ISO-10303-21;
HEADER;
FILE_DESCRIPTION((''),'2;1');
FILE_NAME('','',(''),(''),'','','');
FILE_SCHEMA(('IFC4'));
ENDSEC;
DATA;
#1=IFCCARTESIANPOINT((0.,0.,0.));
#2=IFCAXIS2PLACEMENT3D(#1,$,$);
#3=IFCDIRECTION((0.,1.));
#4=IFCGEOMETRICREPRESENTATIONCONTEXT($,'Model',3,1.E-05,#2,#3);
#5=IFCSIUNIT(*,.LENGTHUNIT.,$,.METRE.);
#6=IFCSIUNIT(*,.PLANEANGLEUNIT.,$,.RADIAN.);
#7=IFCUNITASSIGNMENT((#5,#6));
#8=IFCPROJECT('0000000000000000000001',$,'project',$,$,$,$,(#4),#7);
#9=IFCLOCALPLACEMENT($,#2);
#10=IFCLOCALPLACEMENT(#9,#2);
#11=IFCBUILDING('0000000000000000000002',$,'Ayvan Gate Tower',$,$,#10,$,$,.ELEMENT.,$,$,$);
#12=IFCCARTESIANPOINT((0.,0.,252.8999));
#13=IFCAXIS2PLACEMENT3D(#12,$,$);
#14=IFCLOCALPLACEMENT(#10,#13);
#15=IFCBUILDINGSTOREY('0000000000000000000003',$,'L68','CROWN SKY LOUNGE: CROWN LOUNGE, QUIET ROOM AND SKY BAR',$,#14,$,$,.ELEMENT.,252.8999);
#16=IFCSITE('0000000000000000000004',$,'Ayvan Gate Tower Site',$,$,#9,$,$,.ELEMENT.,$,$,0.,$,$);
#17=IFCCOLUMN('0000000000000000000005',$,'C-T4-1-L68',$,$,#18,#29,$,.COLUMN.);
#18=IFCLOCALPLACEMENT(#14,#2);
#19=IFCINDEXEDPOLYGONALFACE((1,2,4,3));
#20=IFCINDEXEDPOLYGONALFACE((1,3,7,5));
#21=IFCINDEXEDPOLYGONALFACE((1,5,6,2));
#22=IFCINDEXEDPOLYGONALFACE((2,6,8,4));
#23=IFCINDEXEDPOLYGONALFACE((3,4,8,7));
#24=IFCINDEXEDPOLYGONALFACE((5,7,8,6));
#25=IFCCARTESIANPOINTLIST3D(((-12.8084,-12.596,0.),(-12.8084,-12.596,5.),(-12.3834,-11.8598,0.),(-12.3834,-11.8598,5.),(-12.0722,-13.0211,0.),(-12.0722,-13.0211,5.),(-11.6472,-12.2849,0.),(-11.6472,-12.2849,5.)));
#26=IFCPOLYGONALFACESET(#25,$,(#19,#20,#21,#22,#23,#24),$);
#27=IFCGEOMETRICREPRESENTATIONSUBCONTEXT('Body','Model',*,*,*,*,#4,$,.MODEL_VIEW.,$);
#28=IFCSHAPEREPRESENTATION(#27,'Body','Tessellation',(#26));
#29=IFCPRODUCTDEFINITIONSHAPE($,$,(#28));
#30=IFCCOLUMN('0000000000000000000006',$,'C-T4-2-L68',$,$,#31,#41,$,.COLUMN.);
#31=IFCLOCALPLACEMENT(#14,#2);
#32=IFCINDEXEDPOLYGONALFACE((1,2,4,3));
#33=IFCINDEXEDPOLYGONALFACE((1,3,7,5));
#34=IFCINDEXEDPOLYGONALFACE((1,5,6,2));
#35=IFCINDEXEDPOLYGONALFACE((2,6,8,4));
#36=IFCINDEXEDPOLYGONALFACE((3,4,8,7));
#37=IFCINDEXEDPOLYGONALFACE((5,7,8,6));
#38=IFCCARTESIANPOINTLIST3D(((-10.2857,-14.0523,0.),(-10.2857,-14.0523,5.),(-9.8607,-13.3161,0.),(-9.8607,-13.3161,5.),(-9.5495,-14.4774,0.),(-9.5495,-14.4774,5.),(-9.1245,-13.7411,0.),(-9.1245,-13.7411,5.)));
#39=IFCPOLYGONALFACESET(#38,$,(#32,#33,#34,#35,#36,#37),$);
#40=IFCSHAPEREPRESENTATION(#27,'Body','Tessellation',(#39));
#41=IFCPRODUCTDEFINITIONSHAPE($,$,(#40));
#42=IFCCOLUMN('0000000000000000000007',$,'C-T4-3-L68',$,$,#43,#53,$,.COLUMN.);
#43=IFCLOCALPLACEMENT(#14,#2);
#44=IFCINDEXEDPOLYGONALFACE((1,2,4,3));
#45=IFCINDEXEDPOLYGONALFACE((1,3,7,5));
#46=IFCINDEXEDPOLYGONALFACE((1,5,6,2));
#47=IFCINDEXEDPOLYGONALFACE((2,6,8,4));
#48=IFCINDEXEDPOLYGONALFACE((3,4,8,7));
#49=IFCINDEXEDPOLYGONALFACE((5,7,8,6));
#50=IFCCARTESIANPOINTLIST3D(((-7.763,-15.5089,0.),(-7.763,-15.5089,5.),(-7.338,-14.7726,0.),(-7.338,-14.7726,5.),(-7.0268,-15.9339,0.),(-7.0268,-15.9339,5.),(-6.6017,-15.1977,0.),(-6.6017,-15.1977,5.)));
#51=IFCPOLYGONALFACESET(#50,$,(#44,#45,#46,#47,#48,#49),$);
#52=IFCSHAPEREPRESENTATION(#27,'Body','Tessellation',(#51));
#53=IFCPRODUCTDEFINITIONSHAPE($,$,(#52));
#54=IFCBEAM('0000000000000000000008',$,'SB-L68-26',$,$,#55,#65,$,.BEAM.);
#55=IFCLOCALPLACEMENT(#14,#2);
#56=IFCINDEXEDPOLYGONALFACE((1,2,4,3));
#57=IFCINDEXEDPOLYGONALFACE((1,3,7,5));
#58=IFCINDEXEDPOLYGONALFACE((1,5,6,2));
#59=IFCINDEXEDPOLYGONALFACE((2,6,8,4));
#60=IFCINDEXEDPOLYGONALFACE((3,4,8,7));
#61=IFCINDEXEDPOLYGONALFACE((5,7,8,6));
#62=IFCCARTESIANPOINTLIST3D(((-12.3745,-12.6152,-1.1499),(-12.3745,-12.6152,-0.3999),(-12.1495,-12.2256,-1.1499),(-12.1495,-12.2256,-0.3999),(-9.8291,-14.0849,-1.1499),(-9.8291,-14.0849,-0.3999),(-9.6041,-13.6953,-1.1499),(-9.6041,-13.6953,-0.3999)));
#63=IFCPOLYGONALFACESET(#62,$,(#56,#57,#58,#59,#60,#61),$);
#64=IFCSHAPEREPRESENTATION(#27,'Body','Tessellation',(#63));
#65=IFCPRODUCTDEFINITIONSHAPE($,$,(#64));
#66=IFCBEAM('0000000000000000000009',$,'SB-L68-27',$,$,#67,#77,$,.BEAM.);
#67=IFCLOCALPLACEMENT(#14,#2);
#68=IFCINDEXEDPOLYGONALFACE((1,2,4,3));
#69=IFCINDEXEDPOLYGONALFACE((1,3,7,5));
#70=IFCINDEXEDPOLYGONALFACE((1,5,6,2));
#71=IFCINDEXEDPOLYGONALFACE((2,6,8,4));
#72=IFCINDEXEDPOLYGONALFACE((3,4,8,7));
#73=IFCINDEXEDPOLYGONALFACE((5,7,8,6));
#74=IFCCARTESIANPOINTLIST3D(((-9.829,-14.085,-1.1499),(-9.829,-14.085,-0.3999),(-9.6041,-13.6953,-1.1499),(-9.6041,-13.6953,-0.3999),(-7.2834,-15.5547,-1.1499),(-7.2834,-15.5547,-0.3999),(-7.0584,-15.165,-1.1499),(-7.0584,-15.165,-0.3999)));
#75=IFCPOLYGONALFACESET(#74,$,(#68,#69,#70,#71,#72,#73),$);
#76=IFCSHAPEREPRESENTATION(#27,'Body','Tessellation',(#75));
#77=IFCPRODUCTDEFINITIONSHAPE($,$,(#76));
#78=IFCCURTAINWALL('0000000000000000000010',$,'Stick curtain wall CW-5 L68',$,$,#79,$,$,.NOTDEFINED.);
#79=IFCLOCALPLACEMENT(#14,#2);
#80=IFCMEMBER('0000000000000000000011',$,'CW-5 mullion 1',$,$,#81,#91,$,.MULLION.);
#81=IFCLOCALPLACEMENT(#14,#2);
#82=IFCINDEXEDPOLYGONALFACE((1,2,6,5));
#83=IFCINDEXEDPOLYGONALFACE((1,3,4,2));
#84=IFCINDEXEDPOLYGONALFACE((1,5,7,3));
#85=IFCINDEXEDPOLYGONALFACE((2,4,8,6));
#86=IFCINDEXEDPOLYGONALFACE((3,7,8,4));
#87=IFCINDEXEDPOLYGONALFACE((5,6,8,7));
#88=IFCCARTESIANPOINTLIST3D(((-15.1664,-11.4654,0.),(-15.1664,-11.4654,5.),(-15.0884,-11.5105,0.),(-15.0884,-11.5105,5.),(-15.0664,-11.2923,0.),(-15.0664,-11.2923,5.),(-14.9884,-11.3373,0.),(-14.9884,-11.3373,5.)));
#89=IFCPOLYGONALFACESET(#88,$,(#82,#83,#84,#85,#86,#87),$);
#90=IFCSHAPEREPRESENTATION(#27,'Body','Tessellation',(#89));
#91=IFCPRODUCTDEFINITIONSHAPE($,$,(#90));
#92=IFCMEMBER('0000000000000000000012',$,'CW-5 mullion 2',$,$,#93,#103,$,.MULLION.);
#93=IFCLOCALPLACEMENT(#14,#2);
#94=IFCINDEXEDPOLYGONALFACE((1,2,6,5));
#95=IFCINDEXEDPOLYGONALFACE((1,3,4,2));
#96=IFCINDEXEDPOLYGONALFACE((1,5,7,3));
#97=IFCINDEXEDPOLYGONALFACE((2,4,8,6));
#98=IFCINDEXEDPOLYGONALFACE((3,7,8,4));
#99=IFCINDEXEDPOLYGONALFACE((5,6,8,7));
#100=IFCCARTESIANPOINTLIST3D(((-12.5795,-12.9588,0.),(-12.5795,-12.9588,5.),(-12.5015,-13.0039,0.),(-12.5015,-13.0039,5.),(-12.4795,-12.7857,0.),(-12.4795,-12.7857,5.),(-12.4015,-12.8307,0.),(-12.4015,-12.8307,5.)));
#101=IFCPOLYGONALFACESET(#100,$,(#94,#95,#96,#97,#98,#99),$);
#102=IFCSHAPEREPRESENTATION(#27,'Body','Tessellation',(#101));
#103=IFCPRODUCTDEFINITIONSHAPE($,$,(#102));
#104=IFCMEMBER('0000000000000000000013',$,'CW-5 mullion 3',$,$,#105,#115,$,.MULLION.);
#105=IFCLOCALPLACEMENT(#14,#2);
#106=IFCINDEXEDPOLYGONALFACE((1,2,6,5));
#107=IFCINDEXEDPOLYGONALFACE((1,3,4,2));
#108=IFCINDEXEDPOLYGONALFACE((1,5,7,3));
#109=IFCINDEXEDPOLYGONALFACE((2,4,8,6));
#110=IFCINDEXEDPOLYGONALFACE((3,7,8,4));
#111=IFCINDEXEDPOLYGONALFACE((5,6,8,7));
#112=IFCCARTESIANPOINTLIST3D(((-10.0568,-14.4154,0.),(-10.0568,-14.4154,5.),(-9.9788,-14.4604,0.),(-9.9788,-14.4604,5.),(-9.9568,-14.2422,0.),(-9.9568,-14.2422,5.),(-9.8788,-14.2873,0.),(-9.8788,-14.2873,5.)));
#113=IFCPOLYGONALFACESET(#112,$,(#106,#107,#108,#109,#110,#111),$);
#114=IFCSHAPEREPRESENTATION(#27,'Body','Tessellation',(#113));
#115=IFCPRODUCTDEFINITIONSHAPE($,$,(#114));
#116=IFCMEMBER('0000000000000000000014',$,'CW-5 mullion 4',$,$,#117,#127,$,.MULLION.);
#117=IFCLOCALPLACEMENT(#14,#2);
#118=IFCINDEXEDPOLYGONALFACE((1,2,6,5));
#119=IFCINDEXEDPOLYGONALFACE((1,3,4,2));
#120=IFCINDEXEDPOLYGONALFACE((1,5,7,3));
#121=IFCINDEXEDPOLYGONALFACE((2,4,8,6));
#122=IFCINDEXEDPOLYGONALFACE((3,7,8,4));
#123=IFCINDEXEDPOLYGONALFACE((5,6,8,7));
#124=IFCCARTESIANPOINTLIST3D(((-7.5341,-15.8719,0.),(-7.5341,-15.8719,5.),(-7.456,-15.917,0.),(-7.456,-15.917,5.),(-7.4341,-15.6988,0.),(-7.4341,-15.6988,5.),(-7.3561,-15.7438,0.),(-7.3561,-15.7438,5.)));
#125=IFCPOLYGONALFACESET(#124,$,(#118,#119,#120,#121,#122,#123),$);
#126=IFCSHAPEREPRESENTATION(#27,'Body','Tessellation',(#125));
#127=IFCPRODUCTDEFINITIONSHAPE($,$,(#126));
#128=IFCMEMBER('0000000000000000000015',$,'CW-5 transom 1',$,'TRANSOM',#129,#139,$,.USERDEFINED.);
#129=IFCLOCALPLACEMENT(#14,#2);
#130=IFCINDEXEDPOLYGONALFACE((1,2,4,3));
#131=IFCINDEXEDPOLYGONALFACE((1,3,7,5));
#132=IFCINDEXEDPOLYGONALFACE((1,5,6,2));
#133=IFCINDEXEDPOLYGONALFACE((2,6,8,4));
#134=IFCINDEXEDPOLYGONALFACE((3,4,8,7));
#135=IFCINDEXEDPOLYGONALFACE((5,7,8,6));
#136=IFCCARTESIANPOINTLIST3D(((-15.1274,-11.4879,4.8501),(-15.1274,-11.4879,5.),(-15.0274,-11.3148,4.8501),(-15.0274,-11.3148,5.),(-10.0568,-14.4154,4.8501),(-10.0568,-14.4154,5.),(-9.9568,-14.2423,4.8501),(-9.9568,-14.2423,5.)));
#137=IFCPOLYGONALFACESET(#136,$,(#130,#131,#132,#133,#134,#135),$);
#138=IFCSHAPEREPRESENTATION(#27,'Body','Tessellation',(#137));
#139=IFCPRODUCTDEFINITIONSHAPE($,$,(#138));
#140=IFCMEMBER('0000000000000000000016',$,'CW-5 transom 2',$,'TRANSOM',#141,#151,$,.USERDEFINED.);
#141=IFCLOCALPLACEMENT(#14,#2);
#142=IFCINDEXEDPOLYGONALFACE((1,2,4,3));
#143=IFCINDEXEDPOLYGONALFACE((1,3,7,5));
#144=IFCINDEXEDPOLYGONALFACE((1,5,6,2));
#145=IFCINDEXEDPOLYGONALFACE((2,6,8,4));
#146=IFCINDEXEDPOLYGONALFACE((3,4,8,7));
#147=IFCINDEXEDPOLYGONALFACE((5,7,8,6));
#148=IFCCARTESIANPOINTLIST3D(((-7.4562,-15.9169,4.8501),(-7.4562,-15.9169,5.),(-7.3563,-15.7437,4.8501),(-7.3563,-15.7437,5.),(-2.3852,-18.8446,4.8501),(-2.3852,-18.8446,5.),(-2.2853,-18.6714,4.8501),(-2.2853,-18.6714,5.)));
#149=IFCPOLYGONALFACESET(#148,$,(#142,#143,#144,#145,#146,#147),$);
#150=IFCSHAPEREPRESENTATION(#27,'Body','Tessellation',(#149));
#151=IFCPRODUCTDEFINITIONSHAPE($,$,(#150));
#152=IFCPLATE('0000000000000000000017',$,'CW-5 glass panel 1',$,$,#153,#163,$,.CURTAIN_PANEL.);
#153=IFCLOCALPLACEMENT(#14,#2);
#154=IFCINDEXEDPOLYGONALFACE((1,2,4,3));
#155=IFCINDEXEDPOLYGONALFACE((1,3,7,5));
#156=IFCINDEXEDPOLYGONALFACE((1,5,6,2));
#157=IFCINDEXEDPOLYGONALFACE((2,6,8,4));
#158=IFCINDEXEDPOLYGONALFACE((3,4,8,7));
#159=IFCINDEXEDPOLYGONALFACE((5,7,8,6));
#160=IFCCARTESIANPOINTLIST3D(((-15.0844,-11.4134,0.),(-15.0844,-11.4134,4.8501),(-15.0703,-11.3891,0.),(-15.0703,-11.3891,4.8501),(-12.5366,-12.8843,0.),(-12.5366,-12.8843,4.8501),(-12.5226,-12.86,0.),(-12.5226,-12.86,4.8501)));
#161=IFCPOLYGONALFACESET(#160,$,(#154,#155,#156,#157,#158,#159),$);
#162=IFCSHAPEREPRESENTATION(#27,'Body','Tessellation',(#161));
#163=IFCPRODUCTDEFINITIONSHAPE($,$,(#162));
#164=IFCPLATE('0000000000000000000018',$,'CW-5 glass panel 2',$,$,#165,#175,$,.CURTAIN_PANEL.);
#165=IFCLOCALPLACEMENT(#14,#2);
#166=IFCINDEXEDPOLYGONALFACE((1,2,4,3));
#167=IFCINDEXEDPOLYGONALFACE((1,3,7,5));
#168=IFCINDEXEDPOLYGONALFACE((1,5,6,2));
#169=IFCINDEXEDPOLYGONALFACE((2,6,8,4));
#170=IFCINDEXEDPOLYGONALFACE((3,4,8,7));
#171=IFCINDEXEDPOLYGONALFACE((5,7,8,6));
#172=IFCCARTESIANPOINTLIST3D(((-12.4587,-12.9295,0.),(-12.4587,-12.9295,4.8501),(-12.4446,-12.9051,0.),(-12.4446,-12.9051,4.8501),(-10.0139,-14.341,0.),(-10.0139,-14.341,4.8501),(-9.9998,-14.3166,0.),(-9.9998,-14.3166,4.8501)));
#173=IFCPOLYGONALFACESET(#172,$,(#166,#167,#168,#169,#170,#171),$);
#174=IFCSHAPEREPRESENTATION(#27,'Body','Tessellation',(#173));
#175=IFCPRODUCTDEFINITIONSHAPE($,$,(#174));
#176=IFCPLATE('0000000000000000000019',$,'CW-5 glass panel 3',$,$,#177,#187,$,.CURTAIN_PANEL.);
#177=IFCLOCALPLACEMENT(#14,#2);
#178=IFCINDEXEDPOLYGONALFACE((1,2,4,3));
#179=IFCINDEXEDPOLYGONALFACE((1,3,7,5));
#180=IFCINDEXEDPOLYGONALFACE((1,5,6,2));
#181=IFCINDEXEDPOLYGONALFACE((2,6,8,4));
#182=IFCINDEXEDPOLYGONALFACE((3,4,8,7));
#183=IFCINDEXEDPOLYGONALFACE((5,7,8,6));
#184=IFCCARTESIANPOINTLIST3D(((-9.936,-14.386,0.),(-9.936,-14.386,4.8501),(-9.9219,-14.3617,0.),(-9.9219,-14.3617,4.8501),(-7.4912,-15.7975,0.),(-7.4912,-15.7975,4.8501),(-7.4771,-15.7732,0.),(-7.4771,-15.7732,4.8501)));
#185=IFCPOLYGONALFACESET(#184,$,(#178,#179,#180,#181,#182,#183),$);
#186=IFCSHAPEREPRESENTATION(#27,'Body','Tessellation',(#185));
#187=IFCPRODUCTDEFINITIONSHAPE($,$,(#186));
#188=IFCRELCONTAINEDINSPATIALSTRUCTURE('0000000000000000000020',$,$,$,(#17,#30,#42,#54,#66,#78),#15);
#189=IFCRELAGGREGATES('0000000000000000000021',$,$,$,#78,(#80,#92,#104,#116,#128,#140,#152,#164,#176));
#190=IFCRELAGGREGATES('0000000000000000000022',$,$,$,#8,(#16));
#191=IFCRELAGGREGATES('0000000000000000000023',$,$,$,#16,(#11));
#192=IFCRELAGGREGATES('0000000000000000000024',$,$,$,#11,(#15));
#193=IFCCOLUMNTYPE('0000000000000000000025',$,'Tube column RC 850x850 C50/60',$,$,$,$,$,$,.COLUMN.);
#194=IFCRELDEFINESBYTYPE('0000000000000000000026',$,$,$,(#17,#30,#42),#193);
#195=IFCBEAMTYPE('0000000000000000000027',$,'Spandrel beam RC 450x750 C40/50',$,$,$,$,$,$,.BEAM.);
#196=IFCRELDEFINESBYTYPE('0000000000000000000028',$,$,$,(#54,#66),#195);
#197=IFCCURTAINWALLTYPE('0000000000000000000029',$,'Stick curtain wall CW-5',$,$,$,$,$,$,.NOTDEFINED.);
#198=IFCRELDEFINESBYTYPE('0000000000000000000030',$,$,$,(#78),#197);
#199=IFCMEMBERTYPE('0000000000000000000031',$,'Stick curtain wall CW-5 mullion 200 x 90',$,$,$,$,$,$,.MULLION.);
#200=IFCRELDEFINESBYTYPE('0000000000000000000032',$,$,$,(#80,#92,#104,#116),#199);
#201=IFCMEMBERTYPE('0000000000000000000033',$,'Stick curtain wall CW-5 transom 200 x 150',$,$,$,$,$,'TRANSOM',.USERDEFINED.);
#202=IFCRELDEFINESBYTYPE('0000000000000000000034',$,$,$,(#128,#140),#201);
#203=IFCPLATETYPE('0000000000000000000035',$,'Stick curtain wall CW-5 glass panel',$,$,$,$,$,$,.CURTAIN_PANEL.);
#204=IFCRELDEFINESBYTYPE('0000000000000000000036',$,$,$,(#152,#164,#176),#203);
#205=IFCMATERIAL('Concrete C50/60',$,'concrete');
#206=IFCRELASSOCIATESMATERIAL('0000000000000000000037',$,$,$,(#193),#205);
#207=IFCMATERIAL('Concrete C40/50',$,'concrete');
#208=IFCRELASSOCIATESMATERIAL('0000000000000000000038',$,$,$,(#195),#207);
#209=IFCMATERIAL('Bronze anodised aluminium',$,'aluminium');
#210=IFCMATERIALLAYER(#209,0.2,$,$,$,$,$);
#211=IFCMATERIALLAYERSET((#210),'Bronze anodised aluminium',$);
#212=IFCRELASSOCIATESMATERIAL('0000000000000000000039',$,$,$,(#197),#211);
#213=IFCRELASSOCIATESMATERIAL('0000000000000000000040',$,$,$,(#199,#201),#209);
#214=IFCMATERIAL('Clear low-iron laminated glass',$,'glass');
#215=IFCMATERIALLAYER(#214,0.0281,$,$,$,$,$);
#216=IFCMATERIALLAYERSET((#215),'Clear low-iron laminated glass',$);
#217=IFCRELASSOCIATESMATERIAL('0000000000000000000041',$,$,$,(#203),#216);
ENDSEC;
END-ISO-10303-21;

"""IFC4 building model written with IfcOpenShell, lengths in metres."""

from ifc_helpers import new_model, si_unit, direction, frame, origin, origin_2d, place, context, subcontext, project, spatial, rectangle, extrude, material, layer, layer_set, material_profile, profile_set, type_object, element, aggregate, save


model = new_model("IFC4")

# Units and contexts
model_context = context("Model", 3, precision=1e-05, world=origin(), true_north=direction((0.0, 1.0)))
body_context = subcontext(model_context, "Body", "Model", "MODEL_VIEW")
ifc_project = project(units=[si_unit("LENGTHUNIT", "METRE"), si_unit("PLANEANGLEUNIT", "RADIAN")], contexts=[model_context])

# Site, building, storey
site_placement = place(None, origin())
site = spatial("IfcSite", under=ifc_project, at=site_placement, Name="Ayvan Gate Tower Site", CompositionType="ELEMENT", RefElevation=0.0)
building_placement = place(site_placement, origin())
building = spatial("IfcBuilding", under=site, at=building_placement, Name="Ayvan Gate Tower", CompositionType="ELEMENT")
storey_placement = place(building_placement, frame((0.0, 0.0, 252.8999)))
storey = spatial("IfcBuildingStorey", under=building, at=storey_placement, Name="L68", Description="CROWN SKY LOUNGE: CROWN LOUNGE, QUIET ROOM AND SKY BAR", CompositionType="ELEMENT", Elevation=252.8999)

# Columns
ifc_material_1 = material(Name="Concrete C50/60", Category="concrete")
ifc_material_profile_1 = material_profile(ifc_material_1, rectangle(XDim=0.8501, YDim=0.8501, at=origin_2d()), Name="RC 850x850")
ifc_profile_set_1 = profile_set([ifc_material_profile_1], Name="Concrete C50/60")
column_type = type_object("IfcColumnType", Name="Tube column RC 850x850 C50/60", PredefinedType="COLUMN", material=ifc_profile_set_1)
for number, where, z_axis, x_axis, name in (
    (1, (-12.2278, -12.4404, 0.0), (0.0, 0.0, 1.0), (-0.5, -0.866025, 0.0), "C-T4-1-L68"),
    (2, (-9.7051, -13.8967, 0.0), (0.0, 0.0, 1.0), (-0.5, -0.866025, 0.0), "C-T4-2-L68"),
    (3, (-7.1824, -15.3533, 0.0), (0.0, 0.0, 1.0), (-0.5, -0.866025, 0.0), "C-T4-3-L68"),
):
    element("IfcColumn", number, at=place(storey_placement, frame(where, z_axis=z_axis, x_axis=x_axis)), inside=storey, type_object=column_type, Name=name, PredefinedType="COLUMN", context=body_context, shape_type="SweptSolid", body=[
        extrude(rectangle(XDim=0.8501, YDim=0.8501, at=origin_2d()), origin(), (0.0, 0.0, 1.0), 5.0),
    ])

# Beams
ifc_material_2 = material(Name="Concrete C40/50", Category="concrete")
ifc_material_profile_2 = material_profile(ifc_material_2, rectangle(XDim=0.45, YDim=0.75, at=origin_2d()), Name="RC 450x750")
ifc_profile_set_2 = profile_set([ifc_material_profile_2], Name="Concrete C40/50")
beam_type = type_object("IfcBeamType", Name="Spandrel beam RC 450x750 C40/50", PredefinedType="BEAM", material=ifc_profile_set_2)
beam_1_placement = place(storey_placement, frame((-12.262, -12.4204, -0.7749), z_axis=(0.866006, -0.500034, 0.0), x_axis=(0.500034, 0.866006, 0.0)))
element("IfcBeam", 4, at=beam_1_placement, inside=storey, type_object=beam_type, Name="SB-L68-26", PredefinedType="BEAM", context=body_context, shape_type="SweptSolid", body=[
    extrude(rectangle(XDim=0.45, YDim=0.75, at=origin_2d()), origin(), (0.0, 0.0, 1.0), 2.9392),
])
beam_2_placement = place(storey_placement, frame((-9.7166, -13.8901, -0.7749), z_axis=(0.866027, -0.499998, 0.0), x_axis=(0.499998, 0.866027, 0.0)))
element("IfcBeam", 5, at=beam_2_placement, inside=storey, type_object=beam_type, Name="SB-L68-27", PredefinedType="BEAM", context=body_context, shape_type="SweptSolid", body=[
    extrude(rectangle(XDim=0.45, YDim=0.75, at=origin_2d()), origin(), (0.0, 0.0, 1.0), 2.9395),
])

# Curtain wall, members, plates
ifc_material_3 = material(Name="Bronze anodised aluminium", Category="aluminium")
ifc_layer_1 = layer(ifc_material_3, 0.2)
ifc_layer_set_1 = layer_set([ifc_layer_1], Name="Bronze anodised aluminium")
curtain_wall_type = type_object("IfcCurtainWallType", Name="Stick curtain wall CW-5", PredefinedType="NOTDEFINED", material=ifc_layer_set_1)
curtain_wall_placement = place(storey_placement, origin())
curtain_wall = element("IfcCurtainWall", 6, at=curtain_wall_placement, inside=storey, type_object=curtain_wall_type, Name="Stick curtain wall CW-5 L68", PredefinedType="NOTDEFINED")
ifc_material_profile_3 = material_profile(ifc_material_3, rectangle(XDim=0.2, YDim=0.0901, at=origin_2d()), Name="Stick curtain wall CW-5 mullion 200 x 90")
ifc_profile_set_3 = profile_set([ifc_material_profile_3], Name="Bronze anodised aluminium")
member_type_1 = type_object("IfcMemberType", Name="Stick curtain wall CW-5 mullion 200 x 90", PredefinedType="MULLION", material=ifc_profile_set_3)
member_1_placement = place(storey_placement, frame((-15.0774, -11.4014, 0.0), z_axis=(0.0, 0.0, 1.0), x_axis=(-0.5, -0.866025, 0.0)))
member_1 = element("IfcMember", 7, at=member_1_placement, type_object=member_type_1, Name="CW-5 mullion 1", PredefinedType="MULLION", context=body_context, shape_type="SweptSolid", body=[
    extrude(rectangle(XDim=0.2, YDim=0.0901, at=origin_2d()), origin(), (0.0, 0.0, 1.0), 5.0),
])
member_2_placement = place(storey_placement, frame((-12.4905, -12.8948, 0.0), z_axis=(0.0, 0.0, 1.0), x_axis=(-0.5, -0.866025, 0.0)))
member_2 = element("IfcMember", 8, at=member_2_placement, type_object=member_type_1, Name="CW-5 mullion 2", PredefinedType="MULLION", context=body_context, shape_type="SweptSolid", body=[
    extrude(rectangle(XDim=0.2, YDim=0.0901, at=origin_2d()), origin(), (0.0, 0.0, 1.0), 5.0),
])
member_3_placement = place(storey_placement, frame((-9.9678, -14.3513, 0.0), z_axis=(0.0, 0.0, 1.0), x_axis=(-0.5, -0.866025, 0.0)))
member_3 = element("IfcMember", 9, at=member_3_placement, type_object=member_type_1, Name="CW-5 mullion 3", PredefinedType="MULLION", context=body_context, shape_type="SweptSolid", body=[
    extrude(rectangle(XDim=0.2, YDim=0.0901, at=origin_2d()), origin(), (0.0, 0.0, 1.0), 5.0),
])
member_4_placement = place(storey_placement, frame((-7.4451, -15.8079, 0.0), z_axis=(0.0, 0.0, 1.0), x_axis=(-0.5, -0.866025, 0.0)))
member_4 = element("IfcMember", 10, at=member_4_placement, type_object=member_type_1, Name="CW-5 mullion 4", PredefinedType="MULLION", context=body_context, shape_type="SweptSolid", body=[
    extrude(rectangle(XDim=0.2, YDim=0.0901, at=origin_2d()), origin(), (0.0, 0.0, 1.0), 5.0),
])
ifc_material_profile_4 = material_profile(ifc_material_3, rectangle(XDim=0.2, YDim=0.1499, at=origin_2d()), Name="Stick curtain wall CW-5 transom 200 x 150")
ifc_profile_set_4 = profile_set([ifc_material_profile_4], Name="Bronze anodised aluminium")
member_type_2 = type_object("IfcMemberType", Name="Stick curtain wall CW-5 transom 200 x 150", ElementType="TRANSOM", PredefinedType="USERDEFINED", material=ifc_profile_set_4)
member_5_placement = place(storey_placement, frame((-15.0774, -11.4014, 4.925), z_axis=(0.866025, -0.5, 0.0), x_axis=(0.5, 0.866025, 0.0)))
member_5 = element("IfcMember", 11, at=member_5_placement, type_object=member_type_2, Name="CW-5 transom 1", ObjectType="TRANSOM", PredefinedType="USERDEFINED", context=body_context, shape_type="SweptSolid", body=[
    extrude(rectangle(XDim=0.2, YDim=0.1499, at=origin_2d()), origin(), (0.0, 0.0, 1.0), 5.855),
])
member_6_placement = place(storey_placement, frame((-7.4062, -15.8303, 4.925), z_axis=(0.866028, -0.499996, 0.0), x_axis=(0.499996, 0.866028, 0.0)))
member_6 = element("IfcMember", 12, at=member_6_placement, type_object=member_type_2, Name="CW-5 transom 2", ObjectType="TRANSOM", PredefinedType="USERDEFINED", context=body_context, shape_type="SweptSolid", body=[
    extrude(rectangle(XDim=0.2, YDim=0.1499, at=origin_2d()), origin(), (0.0, 0.0, 1.0), 5.8555),
])
ifc_material_4 = material(Name="Clear low-iron laminated glass", Category="glass")
ifc_layer_2 = layer(ifc_material_4, 0.0281)
ifc_layer_set_2 = layer_set([ifc_layer_2], Name="Clear low-iron laminated glass")
plate_type = type_object("IfcPlateType", Name="Stick curtain wall CW-5 glass panel", PredefinedType="CURTAIN_PANEL", material=ifc_layer_set_2)
plate_1_placement = place(storey_placement, frame((-13.8035, -12.1367, 0.0), z_axis=(0.0, 0.0, 1.0), x_axis=(0.866025, -0.5, 0.0)))
plate_1 = element("IfcPlate", 13, at=plate_1_placement, type_object=plate_type, Name="CW-5 glass panel 1", PredefinedType="CURTAIN_PANEL", context=body_context, shape_type="SweptSolid", body=[
    extrude(rectangle(XDim=2.9419, YDim=0.0281, at=origin_2d()), origin(), (0.0, 0.0, 1.0), 4.8501),
])
plate_2_placement = place(storey_placement, frame((-11.2292, -13.623, 0.0), z_axis=(0.0, 0.0, 1.0), x_axis=(0.866025, -0.5, 0.0)))
plate_2 = element("IfcPlate", 14, at=plate_2_placement, type_object=plate_type, Name="CW-5 glass panel 2", PredefinedType="CURTAIN_PANEL", context=body_context, shape_type="SweptSolid", body=[
    extrude(rectangle(XDim=2.823, YDim=0.0281, at=origin_2d()), origin(), (0.0, 0.0, 1.0), 4.8501),
])
plate_3_placement = place(storey_placement, frame((-8.7065, -15.0796, 0.0), z_axis=(0.0, 0.0, 1.0), x_axis=(0.866025, -0.5, 0.0)))
plate_3 = element("IfcPlate", 15, at=plate_3_placement, type_object=plate_type, Name="CW-5 glass panel 3", PredefinedType="CURTAIN_PANEL", context=body_context, shape_type="SweptSolid", body=[
    extrude(rectangle(XDim=2.823, YDim=0.0281, at=origin_2d()), origin(), (0.0, 0.0, 1.0), 4.8501),
])
aggregate(curtain_wall, [member_1, member_2, member_3, member_4, member_5, member_6, plate_1, plate_2, plate_3])

save(model, "model.ifc")
